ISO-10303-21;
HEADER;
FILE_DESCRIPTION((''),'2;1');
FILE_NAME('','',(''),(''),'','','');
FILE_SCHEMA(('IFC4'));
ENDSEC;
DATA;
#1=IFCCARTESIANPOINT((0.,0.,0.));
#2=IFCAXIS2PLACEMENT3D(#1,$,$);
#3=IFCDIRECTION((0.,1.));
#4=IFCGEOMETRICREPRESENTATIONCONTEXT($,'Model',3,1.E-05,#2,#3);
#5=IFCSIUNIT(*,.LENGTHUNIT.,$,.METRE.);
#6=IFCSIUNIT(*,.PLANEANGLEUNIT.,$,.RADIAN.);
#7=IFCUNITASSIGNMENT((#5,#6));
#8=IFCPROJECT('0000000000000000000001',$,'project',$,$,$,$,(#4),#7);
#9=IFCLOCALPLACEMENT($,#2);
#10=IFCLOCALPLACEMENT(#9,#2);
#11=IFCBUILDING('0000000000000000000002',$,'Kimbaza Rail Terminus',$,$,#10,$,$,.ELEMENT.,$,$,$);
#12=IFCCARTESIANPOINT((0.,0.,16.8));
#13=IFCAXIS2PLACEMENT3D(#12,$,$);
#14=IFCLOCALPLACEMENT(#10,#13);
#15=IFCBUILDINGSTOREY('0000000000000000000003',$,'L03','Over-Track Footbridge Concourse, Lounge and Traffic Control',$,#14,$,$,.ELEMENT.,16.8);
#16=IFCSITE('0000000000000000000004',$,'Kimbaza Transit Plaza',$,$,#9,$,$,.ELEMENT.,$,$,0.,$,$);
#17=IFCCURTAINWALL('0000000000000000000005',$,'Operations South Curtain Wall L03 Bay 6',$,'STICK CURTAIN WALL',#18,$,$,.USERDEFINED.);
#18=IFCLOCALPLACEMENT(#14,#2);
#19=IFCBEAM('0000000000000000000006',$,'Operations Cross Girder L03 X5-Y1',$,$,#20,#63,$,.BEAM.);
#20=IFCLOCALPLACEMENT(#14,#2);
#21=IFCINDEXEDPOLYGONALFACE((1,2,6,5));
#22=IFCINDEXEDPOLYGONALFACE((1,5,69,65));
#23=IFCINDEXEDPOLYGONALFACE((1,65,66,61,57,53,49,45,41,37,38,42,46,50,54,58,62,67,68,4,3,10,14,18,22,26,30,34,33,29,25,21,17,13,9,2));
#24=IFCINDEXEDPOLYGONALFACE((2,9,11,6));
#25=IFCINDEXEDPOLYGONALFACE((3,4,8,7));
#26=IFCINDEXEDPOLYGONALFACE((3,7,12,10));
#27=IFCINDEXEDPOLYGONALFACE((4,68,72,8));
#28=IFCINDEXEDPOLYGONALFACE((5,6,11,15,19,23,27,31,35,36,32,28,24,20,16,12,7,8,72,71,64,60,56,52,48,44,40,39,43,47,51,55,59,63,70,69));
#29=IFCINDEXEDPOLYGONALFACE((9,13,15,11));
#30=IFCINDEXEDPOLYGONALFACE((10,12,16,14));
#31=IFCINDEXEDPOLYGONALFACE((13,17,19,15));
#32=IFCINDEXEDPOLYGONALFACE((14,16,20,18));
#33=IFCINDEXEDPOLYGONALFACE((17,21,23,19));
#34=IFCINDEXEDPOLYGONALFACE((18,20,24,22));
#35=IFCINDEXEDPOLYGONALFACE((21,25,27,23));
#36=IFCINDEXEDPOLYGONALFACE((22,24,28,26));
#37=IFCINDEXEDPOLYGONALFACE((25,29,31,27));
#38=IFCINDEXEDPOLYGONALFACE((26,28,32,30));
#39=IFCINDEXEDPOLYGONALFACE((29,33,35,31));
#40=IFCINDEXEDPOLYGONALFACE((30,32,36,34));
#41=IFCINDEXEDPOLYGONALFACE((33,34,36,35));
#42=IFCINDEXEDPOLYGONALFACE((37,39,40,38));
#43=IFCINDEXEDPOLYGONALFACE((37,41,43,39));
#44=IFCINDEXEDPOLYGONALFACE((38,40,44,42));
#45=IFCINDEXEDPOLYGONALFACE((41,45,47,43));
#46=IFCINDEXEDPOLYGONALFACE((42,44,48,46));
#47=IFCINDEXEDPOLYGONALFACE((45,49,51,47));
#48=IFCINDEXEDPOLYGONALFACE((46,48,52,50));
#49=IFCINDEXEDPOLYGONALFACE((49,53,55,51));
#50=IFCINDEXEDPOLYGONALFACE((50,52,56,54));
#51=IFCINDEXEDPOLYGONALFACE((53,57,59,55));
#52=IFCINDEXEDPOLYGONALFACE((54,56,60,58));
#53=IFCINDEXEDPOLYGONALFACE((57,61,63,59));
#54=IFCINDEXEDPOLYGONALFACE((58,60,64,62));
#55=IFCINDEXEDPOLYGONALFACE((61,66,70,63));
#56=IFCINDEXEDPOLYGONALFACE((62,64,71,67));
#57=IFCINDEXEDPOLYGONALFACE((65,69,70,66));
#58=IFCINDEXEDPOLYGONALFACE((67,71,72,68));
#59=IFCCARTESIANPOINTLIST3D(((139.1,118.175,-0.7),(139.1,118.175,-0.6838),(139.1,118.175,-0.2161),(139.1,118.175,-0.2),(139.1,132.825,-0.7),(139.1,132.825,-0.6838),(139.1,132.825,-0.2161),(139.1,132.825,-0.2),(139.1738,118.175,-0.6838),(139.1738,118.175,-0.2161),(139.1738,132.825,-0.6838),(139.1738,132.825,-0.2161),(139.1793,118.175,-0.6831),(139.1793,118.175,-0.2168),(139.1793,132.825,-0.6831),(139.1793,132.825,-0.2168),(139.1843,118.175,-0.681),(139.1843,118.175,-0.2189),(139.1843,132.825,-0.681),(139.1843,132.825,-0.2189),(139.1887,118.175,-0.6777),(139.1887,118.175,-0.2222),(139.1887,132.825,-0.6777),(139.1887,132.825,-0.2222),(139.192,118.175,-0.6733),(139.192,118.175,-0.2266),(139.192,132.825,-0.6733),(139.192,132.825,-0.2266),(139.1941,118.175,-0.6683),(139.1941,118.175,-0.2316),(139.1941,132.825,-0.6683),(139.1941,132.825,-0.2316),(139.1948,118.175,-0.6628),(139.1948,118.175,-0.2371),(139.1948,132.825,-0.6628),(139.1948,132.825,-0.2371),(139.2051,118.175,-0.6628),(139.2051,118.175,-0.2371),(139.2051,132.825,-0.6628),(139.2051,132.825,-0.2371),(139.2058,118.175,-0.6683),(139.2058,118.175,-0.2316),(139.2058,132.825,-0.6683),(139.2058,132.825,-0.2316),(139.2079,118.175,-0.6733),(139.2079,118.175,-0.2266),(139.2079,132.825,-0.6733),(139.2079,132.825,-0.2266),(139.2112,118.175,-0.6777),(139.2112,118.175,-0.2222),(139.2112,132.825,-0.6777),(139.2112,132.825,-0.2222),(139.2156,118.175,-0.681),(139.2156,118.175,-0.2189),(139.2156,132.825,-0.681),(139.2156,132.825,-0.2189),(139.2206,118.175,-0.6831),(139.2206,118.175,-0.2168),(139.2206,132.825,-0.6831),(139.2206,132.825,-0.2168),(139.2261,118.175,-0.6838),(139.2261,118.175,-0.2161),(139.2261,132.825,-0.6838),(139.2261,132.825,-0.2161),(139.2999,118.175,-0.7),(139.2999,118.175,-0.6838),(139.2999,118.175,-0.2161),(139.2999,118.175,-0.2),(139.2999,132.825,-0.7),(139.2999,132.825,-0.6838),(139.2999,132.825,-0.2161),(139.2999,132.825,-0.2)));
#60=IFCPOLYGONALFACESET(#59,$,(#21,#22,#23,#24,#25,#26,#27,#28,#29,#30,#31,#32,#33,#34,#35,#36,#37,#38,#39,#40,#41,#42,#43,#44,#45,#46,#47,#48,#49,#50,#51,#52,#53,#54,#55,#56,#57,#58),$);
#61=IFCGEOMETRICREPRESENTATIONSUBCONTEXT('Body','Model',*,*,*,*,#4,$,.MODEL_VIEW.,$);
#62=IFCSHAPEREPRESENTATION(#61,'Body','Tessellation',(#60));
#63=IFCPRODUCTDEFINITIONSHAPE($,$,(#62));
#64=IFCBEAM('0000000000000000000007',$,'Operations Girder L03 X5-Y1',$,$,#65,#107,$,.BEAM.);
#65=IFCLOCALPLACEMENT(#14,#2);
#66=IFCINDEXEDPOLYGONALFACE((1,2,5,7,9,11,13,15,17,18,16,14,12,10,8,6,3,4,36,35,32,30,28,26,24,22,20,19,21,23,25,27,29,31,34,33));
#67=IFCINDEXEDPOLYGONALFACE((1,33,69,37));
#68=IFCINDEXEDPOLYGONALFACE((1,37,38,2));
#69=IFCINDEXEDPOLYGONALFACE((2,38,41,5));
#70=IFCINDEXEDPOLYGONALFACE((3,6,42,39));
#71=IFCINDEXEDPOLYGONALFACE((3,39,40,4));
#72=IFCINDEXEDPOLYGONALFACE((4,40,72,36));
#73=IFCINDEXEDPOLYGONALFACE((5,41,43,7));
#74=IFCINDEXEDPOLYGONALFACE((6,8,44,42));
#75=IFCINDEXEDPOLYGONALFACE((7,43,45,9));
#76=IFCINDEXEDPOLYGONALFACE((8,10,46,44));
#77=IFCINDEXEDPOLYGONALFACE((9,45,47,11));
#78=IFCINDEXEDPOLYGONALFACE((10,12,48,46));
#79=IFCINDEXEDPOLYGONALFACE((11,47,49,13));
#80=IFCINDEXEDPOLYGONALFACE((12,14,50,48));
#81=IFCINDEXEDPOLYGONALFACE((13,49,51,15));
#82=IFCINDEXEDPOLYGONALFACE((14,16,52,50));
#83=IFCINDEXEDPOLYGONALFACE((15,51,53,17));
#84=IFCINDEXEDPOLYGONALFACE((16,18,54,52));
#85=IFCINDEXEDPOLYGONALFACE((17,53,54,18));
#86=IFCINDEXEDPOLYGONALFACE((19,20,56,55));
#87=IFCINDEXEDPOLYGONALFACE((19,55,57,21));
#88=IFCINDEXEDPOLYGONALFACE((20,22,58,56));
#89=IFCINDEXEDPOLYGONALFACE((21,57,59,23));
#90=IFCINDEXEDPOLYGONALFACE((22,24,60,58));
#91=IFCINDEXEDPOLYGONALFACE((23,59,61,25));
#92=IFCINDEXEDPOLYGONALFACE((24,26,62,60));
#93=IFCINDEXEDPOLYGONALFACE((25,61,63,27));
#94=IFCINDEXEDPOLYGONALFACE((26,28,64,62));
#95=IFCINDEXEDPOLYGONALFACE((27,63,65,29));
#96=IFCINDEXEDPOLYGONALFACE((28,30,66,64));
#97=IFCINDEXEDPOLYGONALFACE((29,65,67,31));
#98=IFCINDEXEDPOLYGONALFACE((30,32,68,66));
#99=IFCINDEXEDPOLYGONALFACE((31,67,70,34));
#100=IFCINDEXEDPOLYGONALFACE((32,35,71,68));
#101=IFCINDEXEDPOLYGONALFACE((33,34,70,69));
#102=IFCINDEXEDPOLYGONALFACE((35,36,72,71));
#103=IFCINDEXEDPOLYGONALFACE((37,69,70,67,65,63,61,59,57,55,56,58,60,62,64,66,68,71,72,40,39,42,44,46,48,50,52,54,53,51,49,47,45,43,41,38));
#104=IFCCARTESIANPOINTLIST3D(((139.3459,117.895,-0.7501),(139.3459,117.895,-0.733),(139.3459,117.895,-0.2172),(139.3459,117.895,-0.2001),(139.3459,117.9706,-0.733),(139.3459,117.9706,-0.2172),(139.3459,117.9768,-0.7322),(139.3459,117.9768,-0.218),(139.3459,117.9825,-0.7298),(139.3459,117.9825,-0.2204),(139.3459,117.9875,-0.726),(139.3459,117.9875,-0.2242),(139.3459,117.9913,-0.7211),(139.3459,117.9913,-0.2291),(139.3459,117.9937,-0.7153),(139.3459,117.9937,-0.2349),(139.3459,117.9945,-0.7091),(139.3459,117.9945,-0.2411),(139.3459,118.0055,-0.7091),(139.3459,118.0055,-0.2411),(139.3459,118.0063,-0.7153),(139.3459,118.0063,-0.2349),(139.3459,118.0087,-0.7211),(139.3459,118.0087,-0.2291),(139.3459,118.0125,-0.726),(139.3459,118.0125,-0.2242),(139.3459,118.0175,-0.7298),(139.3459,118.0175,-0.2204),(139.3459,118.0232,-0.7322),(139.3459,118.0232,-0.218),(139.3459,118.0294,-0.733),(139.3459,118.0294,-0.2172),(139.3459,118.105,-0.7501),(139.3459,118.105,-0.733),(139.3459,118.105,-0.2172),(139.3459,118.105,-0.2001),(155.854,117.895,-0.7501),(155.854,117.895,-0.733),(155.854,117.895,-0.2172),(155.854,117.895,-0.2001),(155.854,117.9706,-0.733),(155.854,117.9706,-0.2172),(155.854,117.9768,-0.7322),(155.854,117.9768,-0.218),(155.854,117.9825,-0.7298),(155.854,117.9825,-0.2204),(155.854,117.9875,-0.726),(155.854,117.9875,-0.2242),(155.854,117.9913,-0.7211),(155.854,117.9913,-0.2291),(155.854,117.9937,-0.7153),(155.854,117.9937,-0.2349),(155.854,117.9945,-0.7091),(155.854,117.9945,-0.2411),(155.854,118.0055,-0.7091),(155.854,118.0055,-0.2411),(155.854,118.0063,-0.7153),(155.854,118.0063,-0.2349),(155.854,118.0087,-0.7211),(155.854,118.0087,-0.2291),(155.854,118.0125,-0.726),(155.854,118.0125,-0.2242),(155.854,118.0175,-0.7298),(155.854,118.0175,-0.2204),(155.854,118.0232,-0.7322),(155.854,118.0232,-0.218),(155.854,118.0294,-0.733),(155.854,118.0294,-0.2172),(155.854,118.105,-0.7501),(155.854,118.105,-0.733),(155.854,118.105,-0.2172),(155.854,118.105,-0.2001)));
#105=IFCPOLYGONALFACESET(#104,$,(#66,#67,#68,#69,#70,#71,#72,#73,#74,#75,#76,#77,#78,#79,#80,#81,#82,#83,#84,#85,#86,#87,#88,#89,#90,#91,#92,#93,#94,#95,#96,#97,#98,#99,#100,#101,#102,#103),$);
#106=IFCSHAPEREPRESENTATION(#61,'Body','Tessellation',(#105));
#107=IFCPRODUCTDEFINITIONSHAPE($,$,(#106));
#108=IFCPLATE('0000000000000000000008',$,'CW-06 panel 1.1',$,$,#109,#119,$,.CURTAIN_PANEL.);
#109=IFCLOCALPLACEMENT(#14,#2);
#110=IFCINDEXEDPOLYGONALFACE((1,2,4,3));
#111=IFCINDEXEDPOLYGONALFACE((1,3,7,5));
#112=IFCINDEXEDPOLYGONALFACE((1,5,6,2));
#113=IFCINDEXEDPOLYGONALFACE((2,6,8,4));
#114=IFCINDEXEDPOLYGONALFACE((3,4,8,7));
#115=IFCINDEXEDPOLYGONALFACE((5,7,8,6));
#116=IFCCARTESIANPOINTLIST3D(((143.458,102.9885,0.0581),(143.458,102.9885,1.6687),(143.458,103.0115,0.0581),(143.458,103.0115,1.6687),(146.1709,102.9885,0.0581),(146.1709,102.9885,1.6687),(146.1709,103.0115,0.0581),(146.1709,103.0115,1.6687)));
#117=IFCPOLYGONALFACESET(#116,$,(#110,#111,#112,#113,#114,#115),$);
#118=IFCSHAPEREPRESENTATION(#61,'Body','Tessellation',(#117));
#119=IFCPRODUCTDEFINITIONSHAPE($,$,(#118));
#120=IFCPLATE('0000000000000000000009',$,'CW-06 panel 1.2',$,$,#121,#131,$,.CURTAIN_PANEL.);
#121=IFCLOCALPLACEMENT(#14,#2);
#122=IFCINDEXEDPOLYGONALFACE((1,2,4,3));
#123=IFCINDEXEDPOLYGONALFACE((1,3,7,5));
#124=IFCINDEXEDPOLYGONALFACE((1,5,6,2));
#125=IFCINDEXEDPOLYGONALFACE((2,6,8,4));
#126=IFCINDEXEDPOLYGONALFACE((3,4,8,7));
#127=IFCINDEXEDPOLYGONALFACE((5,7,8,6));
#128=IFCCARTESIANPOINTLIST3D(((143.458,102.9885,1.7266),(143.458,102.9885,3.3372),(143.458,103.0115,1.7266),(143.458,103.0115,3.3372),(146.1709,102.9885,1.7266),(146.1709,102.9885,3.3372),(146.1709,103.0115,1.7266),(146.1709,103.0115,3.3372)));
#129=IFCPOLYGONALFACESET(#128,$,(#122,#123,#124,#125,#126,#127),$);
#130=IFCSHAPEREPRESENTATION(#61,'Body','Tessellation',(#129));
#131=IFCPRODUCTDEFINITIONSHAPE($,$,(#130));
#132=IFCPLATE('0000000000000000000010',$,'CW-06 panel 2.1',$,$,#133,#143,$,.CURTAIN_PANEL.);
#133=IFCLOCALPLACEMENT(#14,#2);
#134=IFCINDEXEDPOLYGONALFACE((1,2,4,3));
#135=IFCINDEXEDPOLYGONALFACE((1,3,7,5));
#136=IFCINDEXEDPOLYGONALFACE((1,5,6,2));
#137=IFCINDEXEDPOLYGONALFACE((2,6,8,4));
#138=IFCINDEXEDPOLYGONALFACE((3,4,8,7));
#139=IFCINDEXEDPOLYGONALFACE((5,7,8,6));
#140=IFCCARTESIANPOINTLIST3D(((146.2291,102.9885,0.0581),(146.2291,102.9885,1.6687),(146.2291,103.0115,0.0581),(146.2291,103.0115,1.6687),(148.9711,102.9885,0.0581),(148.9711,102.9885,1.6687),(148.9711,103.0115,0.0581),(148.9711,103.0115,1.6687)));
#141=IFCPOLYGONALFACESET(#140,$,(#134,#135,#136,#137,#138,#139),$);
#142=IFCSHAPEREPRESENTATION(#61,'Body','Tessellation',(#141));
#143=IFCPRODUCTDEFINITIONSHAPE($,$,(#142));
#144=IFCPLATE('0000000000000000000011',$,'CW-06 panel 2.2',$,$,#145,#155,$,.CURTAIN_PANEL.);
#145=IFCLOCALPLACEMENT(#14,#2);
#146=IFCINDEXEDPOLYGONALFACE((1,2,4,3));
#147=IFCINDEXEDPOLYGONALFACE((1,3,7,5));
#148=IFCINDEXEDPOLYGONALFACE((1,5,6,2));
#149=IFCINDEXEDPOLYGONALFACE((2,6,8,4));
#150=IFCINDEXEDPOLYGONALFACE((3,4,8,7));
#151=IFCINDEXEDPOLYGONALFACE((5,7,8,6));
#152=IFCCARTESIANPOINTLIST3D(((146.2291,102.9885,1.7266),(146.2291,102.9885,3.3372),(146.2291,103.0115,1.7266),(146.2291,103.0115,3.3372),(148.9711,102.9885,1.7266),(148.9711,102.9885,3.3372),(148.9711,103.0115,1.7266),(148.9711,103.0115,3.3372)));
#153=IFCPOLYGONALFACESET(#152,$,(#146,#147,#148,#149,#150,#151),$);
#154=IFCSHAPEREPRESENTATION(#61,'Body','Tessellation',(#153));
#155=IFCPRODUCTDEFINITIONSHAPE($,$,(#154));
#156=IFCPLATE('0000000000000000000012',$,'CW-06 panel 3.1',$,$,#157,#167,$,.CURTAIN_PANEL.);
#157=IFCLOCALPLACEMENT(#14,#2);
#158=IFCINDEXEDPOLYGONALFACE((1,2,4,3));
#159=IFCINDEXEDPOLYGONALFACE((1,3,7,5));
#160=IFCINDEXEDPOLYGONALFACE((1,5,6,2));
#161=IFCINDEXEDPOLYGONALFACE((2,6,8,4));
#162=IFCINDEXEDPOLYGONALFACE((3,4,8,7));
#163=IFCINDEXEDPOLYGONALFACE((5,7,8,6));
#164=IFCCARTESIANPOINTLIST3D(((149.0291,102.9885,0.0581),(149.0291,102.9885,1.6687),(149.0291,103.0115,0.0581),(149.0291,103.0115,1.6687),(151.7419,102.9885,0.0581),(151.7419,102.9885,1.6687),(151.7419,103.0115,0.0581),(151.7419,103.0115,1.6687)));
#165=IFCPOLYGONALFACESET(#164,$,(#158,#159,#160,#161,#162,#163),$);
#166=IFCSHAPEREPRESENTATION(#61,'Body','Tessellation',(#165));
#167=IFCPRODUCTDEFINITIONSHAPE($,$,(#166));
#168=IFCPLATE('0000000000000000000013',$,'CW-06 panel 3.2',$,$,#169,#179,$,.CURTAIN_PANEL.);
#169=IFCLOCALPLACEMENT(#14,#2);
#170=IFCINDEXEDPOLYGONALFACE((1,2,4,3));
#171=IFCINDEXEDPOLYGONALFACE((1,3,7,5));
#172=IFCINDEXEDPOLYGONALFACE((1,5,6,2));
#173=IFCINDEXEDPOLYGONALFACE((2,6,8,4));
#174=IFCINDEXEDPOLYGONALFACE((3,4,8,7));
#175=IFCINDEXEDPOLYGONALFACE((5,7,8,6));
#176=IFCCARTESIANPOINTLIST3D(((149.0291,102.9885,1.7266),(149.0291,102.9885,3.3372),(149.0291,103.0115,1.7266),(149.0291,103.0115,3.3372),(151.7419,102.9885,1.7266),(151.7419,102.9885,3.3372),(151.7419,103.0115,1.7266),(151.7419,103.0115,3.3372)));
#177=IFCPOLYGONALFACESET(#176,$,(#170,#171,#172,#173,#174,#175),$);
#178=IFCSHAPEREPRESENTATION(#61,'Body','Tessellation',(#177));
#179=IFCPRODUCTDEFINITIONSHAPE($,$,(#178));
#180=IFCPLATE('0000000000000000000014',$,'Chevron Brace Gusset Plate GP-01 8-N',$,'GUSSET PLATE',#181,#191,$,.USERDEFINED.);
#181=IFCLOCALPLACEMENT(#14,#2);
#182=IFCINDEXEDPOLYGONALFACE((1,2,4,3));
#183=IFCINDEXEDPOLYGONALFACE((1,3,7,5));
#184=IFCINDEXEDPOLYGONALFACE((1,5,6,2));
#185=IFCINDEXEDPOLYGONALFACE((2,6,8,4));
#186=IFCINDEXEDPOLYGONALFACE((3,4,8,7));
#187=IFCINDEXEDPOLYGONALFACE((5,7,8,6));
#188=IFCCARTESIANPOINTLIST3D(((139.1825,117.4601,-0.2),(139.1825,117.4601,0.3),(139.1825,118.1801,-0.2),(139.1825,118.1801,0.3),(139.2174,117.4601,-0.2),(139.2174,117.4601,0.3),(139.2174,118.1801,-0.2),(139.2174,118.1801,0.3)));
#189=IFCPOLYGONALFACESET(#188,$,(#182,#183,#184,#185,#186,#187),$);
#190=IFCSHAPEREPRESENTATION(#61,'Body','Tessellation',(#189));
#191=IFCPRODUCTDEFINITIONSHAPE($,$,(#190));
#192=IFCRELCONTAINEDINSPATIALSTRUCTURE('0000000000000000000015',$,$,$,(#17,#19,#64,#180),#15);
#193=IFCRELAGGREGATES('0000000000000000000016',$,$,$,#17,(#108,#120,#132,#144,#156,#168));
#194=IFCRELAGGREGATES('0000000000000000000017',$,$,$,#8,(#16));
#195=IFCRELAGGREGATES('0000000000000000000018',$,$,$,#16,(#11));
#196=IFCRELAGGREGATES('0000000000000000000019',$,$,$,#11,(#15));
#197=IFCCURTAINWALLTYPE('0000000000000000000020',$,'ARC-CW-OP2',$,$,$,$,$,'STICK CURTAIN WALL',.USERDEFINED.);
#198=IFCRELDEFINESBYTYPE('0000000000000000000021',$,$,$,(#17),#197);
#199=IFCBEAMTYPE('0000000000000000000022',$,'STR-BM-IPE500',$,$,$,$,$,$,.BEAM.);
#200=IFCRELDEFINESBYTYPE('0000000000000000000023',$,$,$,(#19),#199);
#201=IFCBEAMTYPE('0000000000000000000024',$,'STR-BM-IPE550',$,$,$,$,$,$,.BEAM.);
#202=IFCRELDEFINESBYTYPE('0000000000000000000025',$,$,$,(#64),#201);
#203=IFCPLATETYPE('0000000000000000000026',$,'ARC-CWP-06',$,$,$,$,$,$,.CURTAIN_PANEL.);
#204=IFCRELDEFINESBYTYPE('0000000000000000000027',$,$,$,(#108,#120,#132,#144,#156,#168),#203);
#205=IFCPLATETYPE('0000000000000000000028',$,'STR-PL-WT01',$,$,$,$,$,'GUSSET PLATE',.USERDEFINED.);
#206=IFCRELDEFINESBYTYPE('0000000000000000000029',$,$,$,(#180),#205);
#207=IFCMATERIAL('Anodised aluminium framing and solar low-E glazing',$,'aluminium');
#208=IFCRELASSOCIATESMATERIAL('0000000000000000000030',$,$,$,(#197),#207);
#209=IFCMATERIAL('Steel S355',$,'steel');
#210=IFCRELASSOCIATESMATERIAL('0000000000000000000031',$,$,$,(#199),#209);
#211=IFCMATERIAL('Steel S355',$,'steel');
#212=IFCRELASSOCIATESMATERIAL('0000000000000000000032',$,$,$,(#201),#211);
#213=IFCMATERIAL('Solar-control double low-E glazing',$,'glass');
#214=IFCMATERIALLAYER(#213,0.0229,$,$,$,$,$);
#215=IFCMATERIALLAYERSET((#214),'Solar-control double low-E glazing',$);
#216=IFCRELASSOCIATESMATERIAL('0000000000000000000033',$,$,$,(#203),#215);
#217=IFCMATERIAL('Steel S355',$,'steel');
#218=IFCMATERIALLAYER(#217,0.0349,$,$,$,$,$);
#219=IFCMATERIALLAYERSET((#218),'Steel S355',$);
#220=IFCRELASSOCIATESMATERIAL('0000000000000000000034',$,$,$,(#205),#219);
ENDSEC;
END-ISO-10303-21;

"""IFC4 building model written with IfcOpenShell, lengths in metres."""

from ifc_helpers import new_model, si_unit, direction, frame, origin, origin_2d, place, context, subcontext, project, spatial, rectangle, i_section, extrude, material, layer, layer_set, material_profile, profile_set, type_object, element, aggregate, save


model = new_model("IFC4")

# Units and contexts
model_context = context("Model", 3, precision=1e-05, world=origin(), true_north=direction((0.0, 1.0)))
body_context = subcontext(model_context, "Body", "Model", "MODEL_VIEW")
ifc_project = project(units=[si_unit("LENGTHUNIT", "METRE"), si_unit("PLANEANGLEUNIT", "RADIAN")], contexts=[model_context])

# Site, building, storey
site_placement = place(None, origin())
site = spatial("IfcSite", under=ifc_project, at=site_placement, Name="Kimbaza Transit Plaza", CompositionType="ELEMENT", RefElevation=0.0)
building_placement = place(site_placement, origin())
building = spatial("IfcBuilding", under=site, at=building_placement, Name="Kimbaza Rail Terminus", CompositionType="ELEMENT")
storey_placement = place(building_placement, frame((0.0, 0.0, 16.8)))
storey = spatial("IfcBuildingStorey", under=building, at=storey_placement, Name="L03", Description="Over-Track Footbridge Concourse, Lounge and Traffic Control", CompositionType="ELEMENT", Elevation=16.8)

# Curtain wall
ifc_material_1 = material(Name="Anodised aluminium framing and solar low-E glazing", Category="aluminium")
curtain_wall_type = type_object("IfcCurtainWallType", Name="ARC-CW-OP2", ElementType="STICK CURTAIN WALL", PredefinedType="USERDEFINED", material=ifc_material_1)
curtain_wall_placement = place(storey_placement, origin())
curtain_wall = element("IfcCurtainWall", 1, at=curtain_wall_placement, inside=storey, type_object=curtain_wall_type, Name="Operations South Curtain Wall L03 Bay 6", ObjectType="STICK CURTAIN WALL", PredefinedType="USERDEFINED")

# Beams
ifc_material_2 = material(Name="Steel S355", Category="steel")
ifc_material_profile_1 = material_profile(ifc_material_2, i_section(OverallWidth=0.2, OverallDepth=0.5, WebThickness=0.0103, FlangeThickness=0.0161, FilletRadius=0.021, at=origin_2d()), Name="IPE 500")
ifc_profile_set_1 = profile_set([ifc_material_profile_1], Name="Steel S355")
beam_type_1 = type_object("IfcBeamType", Name="STR-BM-IPE500", PredefinedType="BEAM", material=ifc_profile_set_1)
beam_1_placement = place(storey_placement, frame((139.2, 118.175, -0.45), z_axis=(0.0, 1.0, 0.0), x_axis=(-1.0, 0.0, 0.0)))
element("IfcBeam", 2, at=beam_1_placement, inside=storey, type_object=beam_type_1, Name="Operations Cross Girder L03 X5-Y1", PredefinedType="BEAM", context=body_context, shape_type="SweptSolid", body=[
    extrude(i_section(OverallWidth=0.2, OverallDepth=0.5, WebThickness=0.0103, FlangeThickness=0.0161, FilletRadius=0.021, at=origin_2d()), origin(), (0.0, 0.0, 1.0), 14.6499),
])
ifc_material_3 = material(Name="Steel S355", Category="steel")
ifc_material_profile_2 = material_profile(ifc_material_3, i_section(OverallWidth=0.21, OverallDepth=0.55, WebThickness=0.011, FlangeThickness=0.0171, FilletRadius=0.0239, at=origin_2d()), Name="IPE 550")
ifc_profile_set_2 = profile_set([ifc_material_profile_2], Name="Steel S355")
beam_type_2 = type_object("IfcBeamType", Name="STR-BM-IPE550", PredefinedType="BEAM", material=ifc_profile_set_2)
beam_2_placement = place(storey_placement, frame((139.3459, 118.0, -0.4751), z_axis=(1.0, 0.0, 0.0), x_axis=(0.0, 1.0, 0.0)))
element("IfcBeam", 3, at=beam_2_placement, inside=storey, type_object=beam_type_2, Name="Operations Girder L03 X5-Y1", PredefinedType="BEAM", context=body_context, shape_type="SweptSolid", body=[
    extrude(i_section(OverallWidth=0.21, OverallDepth=0.55, WebThickness=0.011, FlangeThickness=0.0171, FilletRadius=0.0239, at=origin_2d()), origin(), (0.0, 0.0, 1.0), 16.5081),
])

# Plates
ifc_material_4 = material(Name="Solar-control double low-E glazing", Category="glass")
ifc_layer_1 = layer(ifc_material_4, 0.0229)
ifc_layer_set_1 = layer_set([ifc_layer_1], Name="Solar-control double low-E glazing")
plate_type_1 = type_object("IfcPlateType", Name="ARC-CWP-06", PredefinedType="CURTAIN_PANEL", material=ifc_layer_set_1)
plate_1_placement = place(storey_placement, frame((144.8145, 103.0, 0.0581), z_axis=(0.0, 0.0, 1.0), x_axis=(1.0, 0.0, 0.0)))
plate_1 = element("IfcPlate", 4, at=plate_1_placement, type_object=plate_type_1, Name="CW-06 panel 1.1", PredefinedType="CURTAIN_PANEL", context=body_context, shape_type="SweptSolid", body=[
    extrude(rectangle(XDim=2.7129, YDim=0.0229, at=origin_2d()), origin(), (0.0, 0.0, 1.0), 1.6106),
])
plate_2_placement = place(storey_placement, frame((144.8145, 103.0, 1.7266), z_axis=(0.0, 0.0, 1.0), x_axis=(1.0, 0.0, 0.0)))
plate_2 = element("IfcPlate", 5, at=plate_2_placement, type_object=plate_type_1, Name="CW-06 panel 1.2", PredefinedType="CURTAIN_PANEL", context=body_context, shape_type="SweptSolid", body=[
    extrude(rectangle(XDim=2.7129, YDim=0.0229, at=origin_2d()), origin(), (0.0, 0.0, 1.0), 1.6106),
])
plate_3_placement = place(storey_placement, frame((147.6001, 103.0, 0.0581), z_axis=(0.0, 0.0, 1.0), x_axis=(1.0, 0.0, 0.0)))
plate_3 = element("IfcPlate", 6, at=plate_3_placement, type_object=plate_type_1, Name="CW-06 panel 2.1", PredefinedType="CURTAIN_PANEL", context=body_context, shape_type="SweptSolid", body=[
    extrude(rectangle(XDim=2.7419, YDim=0.0229, at=origin_2d()), origin(), (0.0, 0.0, 1.0), 1.6106),
])
plate_4_placement = place(storey_placement, frame((147.6001, 103.0, 1.7266), z_axis=(0.0, 0.0, 1.0), x_axis=(1.0, 0.0, 0.0)))
plate_4 = element("IfcPlate", 7, at=plate_4_placement, type_object=plate_type_1, Name="CW-06 panel 2.2", PredefinedType="CURTAIN_PANEL", context=body_context, shape_type="SweptSolid", body=[
    extrude(rectangle(XDim=2.7419, YDim=0.0229, at=origin_2d()), origin(), (0.0, 0.0, 1.0), 1.6106),
])
plate_5_placement = place(storey_placement, frame((150.3855, 103.0, 0.0581), z_axis=(0.0, 0.0, 1.0), x_axis=(1.0, 0.0, 0.0)))
plate_5 = element("IfcPlate", 8, at=plate_5_placement, type_object=plate_type_1, Name="CW-06 panel 3.1", PredefinedType="CURTAIN_PANEL", context=body_context, shape_type="SweptSolid", body=[
    extrude(rectangle(XDim=2.7129, YDim=0.0229, at=origin_2d()), origin(), (0.0, 0.0, 1.0), 1.6106),
])
plate_6_placement = place(storey_placement, frame((150.3855, 103.0, 1.7266), z_axis=(0.0, 0.0, 1.0), x_axis=(1.0, 0.0, 0.0)))
plate_6 = element("IfcPlate", 9, at=plate_6_placement, type_object=plate_type_1, Name="CW-06 panel 3.2", PredefinedType="CURTAIN_PANEL", context=body_context, shape_type="SweptSolid", body=[
    extrude(rectangle(XDim=2.7129, YDim=0.0229, at=origin_2d()), origin(), (0.0, 0.0, 1.0), 1.6106),
])
aggregate(curtain_wall, [plate_1, plate_2, plate_3, plate_4, plate_5, plate_6])
ifc_material_5 = material(Name="Steel S355", Category="steel")
ifc_layer_2 = layer(ifc_material_5, 0.0349)
ifc_layer_set_2 = layer_set([ifc_layer_2], Name="Steel S355")
plate_type_2 = type_object("IfcPlateType", Name="STR-PL-WT01", ElementType="GUSSET PLATE", PredefinedType="USERDEFINED", material=ifc_layer_set_2)
plate_7_placement = place(storey_placement, frame((139.2, 117.8201, -0.2), z_axis=(0.0, 0.0, 1.0), x_axis=(1.0, 0.0, 0.0)))
element("IfcPlate", 10, at=plate_7_placement, inside=storey, type_object=plate_type_2, Name="Chevron Brace Gusset Plate GP-01 8-N", ObjectType="GUSSET PLATE", PredefinedType="USERDEFINED", context=body_context, shape_type="SweptSolid", body=[
    extrude(rectangle(XDim=0.0349, YDim=0.72, at=origin_2d()), origin(), (0.0, 0.0, 1.0), 0.5),
])

save(model, "model.ifc")
